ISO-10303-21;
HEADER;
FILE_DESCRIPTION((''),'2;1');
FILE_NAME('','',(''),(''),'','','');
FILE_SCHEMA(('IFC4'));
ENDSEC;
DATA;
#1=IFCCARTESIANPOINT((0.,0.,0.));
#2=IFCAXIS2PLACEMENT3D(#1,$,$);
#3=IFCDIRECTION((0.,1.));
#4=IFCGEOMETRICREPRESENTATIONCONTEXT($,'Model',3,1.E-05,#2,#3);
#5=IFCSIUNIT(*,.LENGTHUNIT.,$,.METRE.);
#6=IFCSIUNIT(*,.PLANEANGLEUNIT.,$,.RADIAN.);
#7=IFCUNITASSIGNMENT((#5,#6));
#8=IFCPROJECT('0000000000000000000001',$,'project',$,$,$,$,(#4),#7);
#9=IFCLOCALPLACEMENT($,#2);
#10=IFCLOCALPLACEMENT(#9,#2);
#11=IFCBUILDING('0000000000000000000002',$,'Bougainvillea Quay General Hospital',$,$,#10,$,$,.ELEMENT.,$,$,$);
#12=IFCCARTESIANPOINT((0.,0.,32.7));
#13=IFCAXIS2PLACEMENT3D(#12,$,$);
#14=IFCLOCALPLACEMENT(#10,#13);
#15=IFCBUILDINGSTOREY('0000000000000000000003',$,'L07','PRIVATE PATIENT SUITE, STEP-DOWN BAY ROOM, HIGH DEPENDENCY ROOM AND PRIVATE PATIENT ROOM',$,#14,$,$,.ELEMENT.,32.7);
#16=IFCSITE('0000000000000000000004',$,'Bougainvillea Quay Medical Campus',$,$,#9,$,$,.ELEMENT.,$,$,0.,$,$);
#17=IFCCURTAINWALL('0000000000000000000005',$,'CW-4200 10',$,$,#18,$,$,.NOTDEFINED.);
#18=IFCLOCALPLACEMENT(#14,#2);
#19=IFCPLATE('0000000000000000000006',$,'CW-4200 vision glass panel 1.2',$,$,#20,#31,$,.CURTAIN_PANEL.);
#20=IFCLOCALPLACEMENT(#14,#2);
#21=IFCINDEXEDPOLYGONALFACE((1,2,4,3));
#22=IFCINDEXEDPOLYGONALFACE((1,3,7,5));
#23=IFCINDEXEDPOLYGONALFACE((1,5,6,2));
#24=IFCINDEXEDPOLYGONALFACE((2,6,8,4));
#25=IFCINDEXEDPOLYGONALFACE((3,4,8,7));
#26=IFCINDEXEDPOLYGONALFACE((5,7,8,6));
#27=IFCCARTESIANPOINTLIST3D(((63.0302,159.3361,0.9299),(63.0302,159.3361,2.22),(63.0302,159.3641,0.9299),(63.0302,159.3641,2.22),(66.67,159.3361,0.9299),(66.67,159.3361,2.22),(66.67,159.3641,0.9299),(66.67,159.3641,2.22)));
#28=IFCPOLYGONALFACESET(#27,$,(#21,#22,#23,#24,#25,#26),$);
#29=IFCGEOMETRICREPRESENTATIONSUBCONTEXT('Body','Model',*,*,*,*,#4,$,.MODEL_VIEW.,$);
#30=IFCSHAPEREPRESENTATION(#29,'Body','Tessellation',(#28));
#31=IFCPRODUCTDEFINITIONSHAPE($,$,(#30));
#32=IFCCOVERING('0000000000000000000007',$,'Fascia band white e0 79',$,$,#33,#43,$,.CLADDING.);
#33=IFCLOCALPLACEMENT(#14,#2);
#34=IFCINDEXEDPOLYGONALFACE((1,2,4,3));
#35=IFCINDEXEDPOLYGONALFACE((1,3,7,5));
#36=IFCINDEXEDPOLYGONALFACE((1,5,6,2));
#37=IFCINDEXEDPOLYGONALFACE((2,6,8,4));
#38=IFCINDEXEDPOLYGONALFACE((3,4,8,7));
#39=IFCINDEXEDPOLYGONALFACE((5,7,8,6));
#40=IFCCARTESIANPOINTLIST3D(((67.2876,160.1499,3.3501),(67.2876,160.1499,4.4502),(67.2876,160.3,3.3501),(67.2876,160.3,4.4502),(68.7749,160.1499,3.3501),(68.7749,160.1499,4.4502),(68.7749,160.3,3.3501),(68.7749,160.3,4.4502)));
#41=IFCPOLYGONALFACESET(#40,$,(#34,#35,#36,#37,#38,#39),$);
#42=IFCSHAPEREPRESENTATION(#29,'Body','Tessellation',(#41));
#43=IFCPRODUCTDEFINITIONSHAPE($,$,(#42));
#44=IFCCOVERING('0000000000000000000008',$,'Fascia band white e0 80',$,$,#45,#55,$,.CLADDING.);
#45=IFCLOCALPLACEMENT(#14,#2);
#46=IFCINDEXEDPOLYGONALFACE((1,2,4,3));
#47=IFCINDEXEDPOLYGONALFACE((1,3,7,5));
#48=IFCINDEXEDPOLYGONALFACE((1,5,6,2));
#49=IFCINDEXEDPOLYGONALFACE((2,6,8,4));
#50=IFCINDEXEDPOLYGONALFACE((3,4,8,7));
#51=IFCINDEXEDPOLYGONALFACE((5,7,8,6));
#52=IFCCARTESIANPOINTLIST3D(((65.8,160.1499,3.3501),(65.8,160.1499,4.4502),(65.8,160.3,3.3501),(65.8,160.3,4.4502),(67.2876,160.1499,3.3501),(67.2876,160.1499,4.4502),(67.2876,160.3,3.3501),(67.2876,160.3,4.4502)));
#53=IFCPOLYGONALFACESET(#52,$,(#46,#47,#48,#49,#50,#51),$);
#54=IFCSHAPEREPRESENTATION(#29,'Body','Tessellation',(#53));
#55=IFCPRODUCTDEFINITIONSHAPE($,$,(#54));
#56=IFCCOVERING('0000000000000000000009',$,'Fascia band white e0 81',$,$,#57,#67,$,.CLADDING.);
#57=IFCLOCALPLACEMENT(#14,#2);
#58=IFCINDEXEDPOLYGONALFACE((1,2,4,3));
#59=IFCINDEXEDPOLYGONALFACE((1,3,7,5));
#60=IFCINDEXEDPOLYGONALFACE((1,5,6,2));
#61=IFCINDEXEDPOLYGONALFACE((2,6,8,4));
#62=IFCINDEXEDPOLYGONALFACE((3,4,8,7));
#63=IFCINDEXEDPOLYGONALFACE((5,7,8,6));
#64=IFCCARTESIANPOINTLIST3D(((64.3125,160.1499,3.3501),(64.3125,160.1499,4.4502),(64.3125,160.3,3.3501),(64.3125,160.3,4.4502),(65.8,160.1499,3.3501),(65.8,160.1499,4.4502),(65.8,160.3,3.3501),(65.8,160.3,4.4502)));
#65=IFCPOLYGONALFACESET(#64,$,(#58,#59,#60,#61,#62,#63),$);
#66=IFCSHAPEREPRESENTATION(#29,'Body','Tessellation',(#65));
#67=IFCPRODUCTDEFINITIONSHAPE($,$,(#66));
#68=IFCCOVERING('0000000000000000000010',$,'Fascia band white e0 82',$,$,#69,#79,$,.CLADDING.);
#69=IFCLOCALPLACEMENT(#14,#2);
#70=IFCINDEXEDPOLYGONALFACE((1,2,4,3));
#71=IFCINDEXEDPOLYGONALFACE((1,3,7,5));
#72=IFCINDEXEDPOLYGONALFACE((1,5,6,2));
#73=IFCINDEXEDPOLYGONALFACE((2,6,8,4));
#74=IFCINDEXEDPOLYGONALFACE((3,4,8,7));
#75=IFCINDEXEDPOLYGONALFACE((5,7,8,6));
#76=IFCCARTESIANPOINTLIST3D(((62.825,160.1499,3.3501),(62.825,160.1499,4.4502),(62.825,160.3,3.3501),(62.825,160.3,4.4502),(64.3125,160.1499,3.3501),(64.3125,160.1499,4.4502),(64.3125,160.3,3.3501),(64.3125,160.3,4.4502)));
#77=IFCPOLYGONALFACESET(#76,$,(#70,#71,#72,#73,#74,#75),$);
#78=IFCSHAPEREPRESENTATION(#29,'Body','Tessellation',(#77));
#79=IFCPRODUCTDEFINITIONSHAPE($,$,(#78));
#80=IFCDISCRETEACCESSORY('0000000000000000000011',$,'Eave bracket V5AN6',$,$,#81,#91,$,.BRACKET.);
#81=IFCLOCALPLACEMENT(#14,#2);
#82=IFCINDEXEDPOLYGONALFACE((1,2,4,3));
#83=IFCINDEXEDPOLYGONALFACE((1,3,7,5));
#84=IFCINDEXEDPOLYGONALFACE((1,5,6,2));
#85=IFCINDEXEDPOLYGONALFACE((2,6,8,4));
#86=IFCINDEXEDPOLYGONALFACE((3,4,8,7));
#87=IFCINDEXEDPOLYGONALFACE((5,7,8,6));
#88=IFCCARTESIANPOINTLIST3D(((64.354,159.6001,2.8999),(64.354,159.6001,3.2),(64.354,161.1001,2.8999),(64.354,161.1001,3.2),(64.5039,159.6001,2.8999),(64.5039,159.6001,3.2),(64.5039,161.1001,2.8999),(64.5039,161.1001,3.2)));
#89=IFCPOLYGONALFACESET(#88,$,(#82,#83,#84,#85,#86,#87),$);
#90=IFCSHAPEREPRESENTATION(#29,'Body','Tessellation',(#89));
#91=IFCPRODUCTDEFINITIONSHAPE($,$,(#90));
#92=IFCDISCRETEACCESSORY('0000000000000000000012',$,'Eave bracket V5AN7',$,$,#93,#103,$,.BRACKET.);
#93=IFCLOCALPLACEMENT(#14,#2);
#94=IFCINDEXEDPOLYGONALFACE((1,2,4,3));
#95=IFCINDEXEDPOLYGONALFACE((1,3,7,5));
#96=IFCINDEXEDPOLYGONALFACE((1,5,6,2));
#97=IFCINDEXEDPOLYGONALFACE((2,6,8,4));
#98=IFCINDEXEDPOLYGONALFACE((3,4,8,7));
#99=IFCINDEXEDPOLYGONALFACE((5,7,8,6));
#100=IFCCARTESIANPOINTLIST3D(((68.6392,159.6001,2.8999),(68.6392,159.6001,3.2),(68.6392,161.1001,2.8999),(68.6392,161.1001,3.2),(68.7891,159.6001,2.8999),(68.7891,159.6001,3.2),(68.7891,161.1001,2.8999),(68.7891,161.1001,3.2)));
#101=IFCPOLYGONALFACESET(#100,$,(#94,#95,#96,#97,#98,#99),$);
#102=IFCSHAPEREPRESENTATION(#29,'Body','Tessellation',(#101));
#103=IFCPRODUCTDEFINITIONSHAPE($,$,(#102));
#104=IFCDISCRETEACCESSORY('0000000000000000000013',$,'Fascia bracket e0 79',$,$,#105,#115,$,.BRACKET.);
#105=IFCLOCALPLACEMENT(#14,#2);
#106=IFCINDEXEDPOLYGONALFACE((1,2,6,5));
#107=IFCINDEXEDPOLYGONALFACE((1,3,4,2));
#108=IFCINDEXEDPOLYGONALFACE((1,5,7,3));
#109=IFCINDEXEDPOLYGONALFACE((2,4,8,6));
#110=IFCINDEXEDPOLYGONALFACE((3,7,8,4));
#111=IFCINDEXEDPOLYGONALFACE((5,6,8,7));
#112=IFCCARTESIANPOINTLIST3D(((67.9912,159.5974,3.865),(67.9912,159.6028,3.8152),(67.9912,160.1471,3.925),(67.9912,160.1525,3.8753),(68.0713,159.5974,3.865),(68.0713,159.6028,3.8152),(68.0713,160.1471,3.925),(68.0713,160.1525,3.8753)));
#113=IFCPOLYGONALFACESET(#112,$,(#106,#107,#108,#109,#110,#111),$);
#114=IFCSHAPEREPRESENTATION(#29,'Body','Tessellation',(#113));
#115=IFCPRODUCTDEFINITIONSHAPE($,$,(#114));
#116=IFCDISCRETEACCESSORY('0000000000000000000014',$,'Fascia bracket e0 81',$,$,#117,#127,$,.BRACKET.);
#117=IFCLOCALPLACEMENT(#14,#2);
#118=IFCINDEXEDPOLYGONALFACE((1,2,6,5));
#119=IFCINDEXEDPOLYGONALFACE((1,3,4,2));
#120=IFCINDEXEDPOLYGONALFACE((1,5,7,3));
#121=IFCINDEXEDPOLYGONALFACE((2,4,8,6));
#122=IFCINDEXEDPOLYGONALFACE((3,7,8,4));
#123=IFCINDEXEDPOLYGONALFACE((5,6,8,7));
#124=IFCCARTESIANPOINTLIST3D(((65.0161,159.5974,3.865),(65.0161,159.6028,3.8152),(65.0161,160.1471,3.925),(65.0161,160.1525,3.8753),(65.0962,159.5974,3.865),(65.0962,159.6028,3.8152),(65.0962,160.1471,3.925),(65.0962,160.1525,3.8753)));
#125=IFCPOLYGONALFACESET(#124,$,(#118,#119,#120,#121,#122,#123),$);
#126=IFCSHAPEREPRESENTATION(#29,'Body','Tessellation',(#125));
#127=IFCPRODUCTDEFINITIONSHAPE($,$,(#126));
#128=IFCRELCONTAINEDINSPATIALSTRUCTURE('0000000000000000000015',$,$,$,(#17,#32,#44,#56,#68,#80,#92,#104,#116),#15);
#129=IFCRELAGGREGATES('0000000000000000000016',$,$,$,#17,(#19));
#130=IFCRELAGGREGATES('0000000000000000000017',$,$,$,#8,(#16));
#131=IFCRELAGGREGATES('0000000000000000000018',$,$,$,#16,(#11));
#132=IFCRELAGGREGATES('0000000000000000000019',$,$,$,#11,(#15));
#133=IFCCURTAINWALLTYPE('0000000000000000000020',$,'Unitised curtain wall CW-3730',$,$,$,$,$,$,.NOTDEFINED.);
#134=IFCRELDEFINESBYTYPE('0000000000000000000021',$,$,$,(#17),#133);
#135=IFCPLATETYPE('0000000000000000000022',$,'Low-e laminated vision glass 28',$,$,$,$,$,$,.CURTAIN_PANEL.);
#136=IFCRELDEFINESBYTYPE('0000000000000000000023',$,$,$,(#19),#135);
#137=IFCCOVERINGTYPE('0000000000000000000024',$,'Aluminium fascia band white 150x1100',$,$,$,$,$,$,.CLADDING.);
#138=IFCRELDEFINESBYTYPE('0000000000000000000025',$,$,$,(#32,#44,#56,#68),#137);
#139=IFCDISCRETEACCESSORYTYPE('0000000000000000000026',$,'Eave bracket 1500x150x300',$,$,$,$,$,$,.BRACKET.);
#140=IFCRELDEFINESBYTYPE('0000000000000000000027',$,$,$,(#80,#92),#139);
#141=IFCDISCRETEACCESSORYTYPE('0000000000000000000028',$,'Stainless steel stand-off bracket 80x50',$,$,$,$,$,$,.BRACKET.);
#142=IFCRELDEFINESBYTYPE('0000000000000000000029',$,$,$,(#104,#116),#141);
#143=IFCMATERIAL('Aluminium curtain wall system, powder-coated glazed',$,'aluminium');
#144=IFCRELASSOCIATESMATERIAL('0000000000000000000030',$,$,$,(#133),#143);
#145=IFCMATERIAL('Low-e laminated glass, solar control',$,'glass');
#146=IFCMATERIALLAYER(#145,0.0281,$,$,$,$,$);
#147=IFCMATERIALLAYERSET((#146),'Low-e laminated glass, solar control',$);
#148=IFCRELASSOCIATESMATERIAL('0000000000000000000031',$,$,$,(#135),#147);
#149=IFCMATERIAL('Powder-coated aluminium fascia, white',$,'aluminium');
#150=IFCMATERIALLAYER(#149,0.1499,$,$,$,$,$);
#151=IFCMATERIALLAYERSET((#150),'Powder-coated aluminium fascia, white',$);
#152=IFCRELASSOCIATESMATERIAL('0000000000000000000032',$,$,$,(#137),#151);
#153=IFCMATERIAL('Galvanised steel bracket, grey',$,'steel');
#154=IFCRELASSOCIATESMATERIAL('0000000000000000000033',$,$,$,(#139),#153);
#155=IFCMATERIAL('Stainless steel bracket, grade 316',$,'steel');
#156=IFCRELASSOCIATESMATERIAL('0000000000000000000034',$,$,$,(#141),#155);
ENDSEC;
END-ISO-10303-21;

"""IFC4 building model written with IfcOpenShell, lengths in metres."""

from ifc_helpers import new_model, si_unit, direction, frame, origin, origin_2d, place, context, subcontext, project, spatial, polyline, rectangle, outline, extrude, material, layer, layer_set, material_profile, profile_set, type_object, element, aggregate, save


model = new_model("IFC4")

# Units and contexts
model_context = context("Model", 3, precision=1e-05, world=origin(), true_north=direction((0.0, 1.0)))
body_context = subcontext(model_context, "Body", "Model", "MODEL_VIEW")
ifc_project = project(units=[si_unit("LENGTHUNIT", "METRE"), si_unit("PLANEANGLEUNIT", "RADIAN")], contexts=[model_context])

# Site, building, storey
site_placement = place(None, origin())
site = spatial("IfcSite", under=ifc_project, at=site_placement, Name="Bougainvillea Quay Medical Campus", CompositionType="ELEMENT", RefElevation=0.0)
building_placement = place(site_placement, origin())
building = spatial("IfcBuilding", under=site, at=building_placement, Name="Bougainvillea Quay General Hospital", CompositionType="ELEMENT")
storey_placement = place(building_placement, frame((0.0, 0.0, 32.7)))
storey = spatial("IfcBuildingStorey", under=building, at=storey_placement, Name="L07", Description="PRIVATE PATIENT SUITE, STEP-DOWN BAY ROOM, HIGH DEPENDENCY ROOM AND PRIVATE PATIENT ROOM", CompositionType="ELEMENT", Elevation=32.7)

# Shared definitions
ifc_material_1 = material(Name="Aluminium curtain wall system, powder-coated glazed", Category="aluminium")
curtain_wall_type = type_object("IfcCurtainWallType", Name="Unitised curtain wall CW-3730", PredefinedType="NOTDEFINED", material=ifc_material_1)

# Curtain wall
curtain_wall_1_placement = place(storey_placement, origin())
curtain_wall_1 = element("IfcCurtainWall", 1, at=curtain_wall_1_placement, inside=storey, type_object=curtain_wall_type, Name="CW-4200 10", PredefinedType="NOTDEFINED")

# Plate
ifc_material_2 = material(Name="Low-e laminated glass, solar control", Category="glass")
ifc_layer_1 = layer(ifc_material_2, 0.0281)
ifc_layer_set_1 = layer_set([ifc_layer_1], Name="Low-e laminated glass, solar control")
plate_type_1 = type_object("IfcPlateType", Name="Low-e laminated vision glass 28", PredefinedType="CURTAIN_PANEL", material=ifc_layer_set_1)
plate_1_placement = place(storey_placement, frame((64.8501, 159.3501, 0.9299), z_axis=(0.0, 0.0, 1.0), x_axis=(-1.0, 0.0, 0.0)))
plate_1 = element("IfcPlate", 2, at=plate_1_placement, type_object=plate_type_1, Name="CW-4200 vision glass panel 1.2", PredefinedType="CURTAIN_PANEL", context=body_context, shape_type="SweptSolid", body=[
    extrude(rectangle(XDim=3.6399, YDim=0.0281, at=origin_2d()), origin(), (0.0, 0.0, 1.0), 1.29),
])
aggregate(curtain_wall_1, [plate_1])

# Coverings
ifc_material_3 = material(Name="Powder-coated aluminium fascia, white", Category="aluminium")
ifc_layer_2 = layer(ifc_material_3, 0.1499)
ifc_layer_set_2 = layer_set([ifc_layer_2], Name="Powder-coated aluminium fascia, white")
covering_type = type_object("IfcCoveringType", Name="Aluminium fascia band white 150x1100", PredefinedType="CLADDING", material=ifc_layer_set_2)
covering_placement = place(storey_placement, frame((68.7749, 160.1499, 3.3501), z_axis=(0.0, 0.0, 1.0), x_axis=(-1.0, 0.0, 0.0)))
element("IfcCovering", 3, at=covering_placement, inside=storey, type_object=covering_type, Name="Fascia band white e0 79", PredefinedType="CLADDING", context=body_context, shape_type="SweptSolid", body=[
    extrude(outline(polyline([(0.0, 0.0), (1.4873, 0.0), (1.4873, -0.1501), (0.0, -0.1501), (0.0, 0.0)])), origin(), (0.0, 0.0, 1.0), 1.1001),
])
for number, where, z_axis, x_axis, name in (
    (4, (67.2876, 160.1499, 3.3501), (0.0, 0.0, 1.0), (-1.0, 0.0, 0.0), "Fascia band white e0 80"),
    (5, (65.8, 160.1499, 3.3501), (0.0, 0.0, 1.0), (-1.0, 0.0, 0.0), "Fascia band white e0 81"),
    (6, (64.3125, 160.1499, 3.3501), (0.0, 0.0, 1.0), (-1.0, 0.0, 0.0), "Fascia band white e0 82"),
):
    element("IfcCovering", number, at=place(storey_placement, frame(where, z_axis=z_axis, x_axis=x_axis)), inside=storey, type_object=covering_type, Name=name, PredefinedType="CLADDING", context=body_context, shape_type="SweptSolid", body=[
        extrude(outline(polyline([(0.0, 0.0), (1.4875, 0.0), (1.4875, -0.1501), (0.0, -0.1501), (0.0, 0.0)])), origin(), (0.0, 0.0, 1.0), 1.1001),
    ])

# Discrete accessories
ifc_material_4 = material(Name="Galvanised steel bracket, grey", Category="steel")
discrete_accessory_type_1 = type_object("IfcDiscreteAccessoryType", Name="Eave bracket 1500x150x300", PredefinedType="BRACKET", material=ifc_material_4)
for number, where, z_axis, x_axis, name in (
    (7, (64.429, 160.3501, 2.8999), (0.0, 0.0, 1.0), (1.0, 0.0, 0.0), "Eave bracket V5AN6"),
    (8, (68.7141, 160.3501, 2.8999), (0.0, 0.0, 1.0), (1.0, 0.0, 0.0), "Eave bracket V5AN7"),
):
    element("IfcDiscreteAccessory", number, at=place(storey_placement, frame(where, z_axis=z_axis, x_axis=x_axis)), inside=storey, type_object=discrete_accessory_type_1, Name=name, PredefinedType="BRACKET", context=body_context, shape_type="SweptSolid", body=[
        extrude(rectangle(XDim=0.1499, YDim=1.5, at=origin_2d()), origin(), (0.0, 0.0, 1.0), 0.3),
    ])
ifc_material_5 = material(Name="Stainless steel bracket, grade 316", Category="steel")
ifc_material_profile_1 = material_profile(ifc_material_5, rectangle(XDim=0.0801, YDim=0.05, at=origin_2d()))
ifc_profile_set_1 = profile_set([ifc_material_profile_1], Name="Stainless steel bracket, grade 316")
discrete_accessory_type_2 = type_object("IfcDiscreteAccessoryType", Name="Stainless steel stand-off bracket 80x50", PredefinedType="BRACKET", material=ifc_profile_set_1)
for number, where, z_axis, x_axis, name in (
    (9, (68.0312, 159.6001, 3.8401), (0.0, 0.994087, 0.10859), (-1.0, 0.0, 0.0), "Fascia bracket e0 79"),
    (10, (65.0562, 159.6001, 3.8401), (0.0, 0.994087, 0.10859), (-1.0, 0.0, 0.0), "Fascia bracket e0 81"),
):
    element("IfcDiscreteAccessory", number, at=place(storey_placement, frame(where, z_axis=z_axis, x_axis=x_axis)), inside=storey, type_object=discrete_accessory_type_2, Name=name, PredefinedType="BRACKET", context=body_context, shape_type="SweptSolid", body=[
        extrude(rectangle(XDim=0.0801, YDim=0.05, at=origin_2d()), origin(), (0.0, 0.0, 1.0), 0.553),
    ])

save(model, "model.ifc")
